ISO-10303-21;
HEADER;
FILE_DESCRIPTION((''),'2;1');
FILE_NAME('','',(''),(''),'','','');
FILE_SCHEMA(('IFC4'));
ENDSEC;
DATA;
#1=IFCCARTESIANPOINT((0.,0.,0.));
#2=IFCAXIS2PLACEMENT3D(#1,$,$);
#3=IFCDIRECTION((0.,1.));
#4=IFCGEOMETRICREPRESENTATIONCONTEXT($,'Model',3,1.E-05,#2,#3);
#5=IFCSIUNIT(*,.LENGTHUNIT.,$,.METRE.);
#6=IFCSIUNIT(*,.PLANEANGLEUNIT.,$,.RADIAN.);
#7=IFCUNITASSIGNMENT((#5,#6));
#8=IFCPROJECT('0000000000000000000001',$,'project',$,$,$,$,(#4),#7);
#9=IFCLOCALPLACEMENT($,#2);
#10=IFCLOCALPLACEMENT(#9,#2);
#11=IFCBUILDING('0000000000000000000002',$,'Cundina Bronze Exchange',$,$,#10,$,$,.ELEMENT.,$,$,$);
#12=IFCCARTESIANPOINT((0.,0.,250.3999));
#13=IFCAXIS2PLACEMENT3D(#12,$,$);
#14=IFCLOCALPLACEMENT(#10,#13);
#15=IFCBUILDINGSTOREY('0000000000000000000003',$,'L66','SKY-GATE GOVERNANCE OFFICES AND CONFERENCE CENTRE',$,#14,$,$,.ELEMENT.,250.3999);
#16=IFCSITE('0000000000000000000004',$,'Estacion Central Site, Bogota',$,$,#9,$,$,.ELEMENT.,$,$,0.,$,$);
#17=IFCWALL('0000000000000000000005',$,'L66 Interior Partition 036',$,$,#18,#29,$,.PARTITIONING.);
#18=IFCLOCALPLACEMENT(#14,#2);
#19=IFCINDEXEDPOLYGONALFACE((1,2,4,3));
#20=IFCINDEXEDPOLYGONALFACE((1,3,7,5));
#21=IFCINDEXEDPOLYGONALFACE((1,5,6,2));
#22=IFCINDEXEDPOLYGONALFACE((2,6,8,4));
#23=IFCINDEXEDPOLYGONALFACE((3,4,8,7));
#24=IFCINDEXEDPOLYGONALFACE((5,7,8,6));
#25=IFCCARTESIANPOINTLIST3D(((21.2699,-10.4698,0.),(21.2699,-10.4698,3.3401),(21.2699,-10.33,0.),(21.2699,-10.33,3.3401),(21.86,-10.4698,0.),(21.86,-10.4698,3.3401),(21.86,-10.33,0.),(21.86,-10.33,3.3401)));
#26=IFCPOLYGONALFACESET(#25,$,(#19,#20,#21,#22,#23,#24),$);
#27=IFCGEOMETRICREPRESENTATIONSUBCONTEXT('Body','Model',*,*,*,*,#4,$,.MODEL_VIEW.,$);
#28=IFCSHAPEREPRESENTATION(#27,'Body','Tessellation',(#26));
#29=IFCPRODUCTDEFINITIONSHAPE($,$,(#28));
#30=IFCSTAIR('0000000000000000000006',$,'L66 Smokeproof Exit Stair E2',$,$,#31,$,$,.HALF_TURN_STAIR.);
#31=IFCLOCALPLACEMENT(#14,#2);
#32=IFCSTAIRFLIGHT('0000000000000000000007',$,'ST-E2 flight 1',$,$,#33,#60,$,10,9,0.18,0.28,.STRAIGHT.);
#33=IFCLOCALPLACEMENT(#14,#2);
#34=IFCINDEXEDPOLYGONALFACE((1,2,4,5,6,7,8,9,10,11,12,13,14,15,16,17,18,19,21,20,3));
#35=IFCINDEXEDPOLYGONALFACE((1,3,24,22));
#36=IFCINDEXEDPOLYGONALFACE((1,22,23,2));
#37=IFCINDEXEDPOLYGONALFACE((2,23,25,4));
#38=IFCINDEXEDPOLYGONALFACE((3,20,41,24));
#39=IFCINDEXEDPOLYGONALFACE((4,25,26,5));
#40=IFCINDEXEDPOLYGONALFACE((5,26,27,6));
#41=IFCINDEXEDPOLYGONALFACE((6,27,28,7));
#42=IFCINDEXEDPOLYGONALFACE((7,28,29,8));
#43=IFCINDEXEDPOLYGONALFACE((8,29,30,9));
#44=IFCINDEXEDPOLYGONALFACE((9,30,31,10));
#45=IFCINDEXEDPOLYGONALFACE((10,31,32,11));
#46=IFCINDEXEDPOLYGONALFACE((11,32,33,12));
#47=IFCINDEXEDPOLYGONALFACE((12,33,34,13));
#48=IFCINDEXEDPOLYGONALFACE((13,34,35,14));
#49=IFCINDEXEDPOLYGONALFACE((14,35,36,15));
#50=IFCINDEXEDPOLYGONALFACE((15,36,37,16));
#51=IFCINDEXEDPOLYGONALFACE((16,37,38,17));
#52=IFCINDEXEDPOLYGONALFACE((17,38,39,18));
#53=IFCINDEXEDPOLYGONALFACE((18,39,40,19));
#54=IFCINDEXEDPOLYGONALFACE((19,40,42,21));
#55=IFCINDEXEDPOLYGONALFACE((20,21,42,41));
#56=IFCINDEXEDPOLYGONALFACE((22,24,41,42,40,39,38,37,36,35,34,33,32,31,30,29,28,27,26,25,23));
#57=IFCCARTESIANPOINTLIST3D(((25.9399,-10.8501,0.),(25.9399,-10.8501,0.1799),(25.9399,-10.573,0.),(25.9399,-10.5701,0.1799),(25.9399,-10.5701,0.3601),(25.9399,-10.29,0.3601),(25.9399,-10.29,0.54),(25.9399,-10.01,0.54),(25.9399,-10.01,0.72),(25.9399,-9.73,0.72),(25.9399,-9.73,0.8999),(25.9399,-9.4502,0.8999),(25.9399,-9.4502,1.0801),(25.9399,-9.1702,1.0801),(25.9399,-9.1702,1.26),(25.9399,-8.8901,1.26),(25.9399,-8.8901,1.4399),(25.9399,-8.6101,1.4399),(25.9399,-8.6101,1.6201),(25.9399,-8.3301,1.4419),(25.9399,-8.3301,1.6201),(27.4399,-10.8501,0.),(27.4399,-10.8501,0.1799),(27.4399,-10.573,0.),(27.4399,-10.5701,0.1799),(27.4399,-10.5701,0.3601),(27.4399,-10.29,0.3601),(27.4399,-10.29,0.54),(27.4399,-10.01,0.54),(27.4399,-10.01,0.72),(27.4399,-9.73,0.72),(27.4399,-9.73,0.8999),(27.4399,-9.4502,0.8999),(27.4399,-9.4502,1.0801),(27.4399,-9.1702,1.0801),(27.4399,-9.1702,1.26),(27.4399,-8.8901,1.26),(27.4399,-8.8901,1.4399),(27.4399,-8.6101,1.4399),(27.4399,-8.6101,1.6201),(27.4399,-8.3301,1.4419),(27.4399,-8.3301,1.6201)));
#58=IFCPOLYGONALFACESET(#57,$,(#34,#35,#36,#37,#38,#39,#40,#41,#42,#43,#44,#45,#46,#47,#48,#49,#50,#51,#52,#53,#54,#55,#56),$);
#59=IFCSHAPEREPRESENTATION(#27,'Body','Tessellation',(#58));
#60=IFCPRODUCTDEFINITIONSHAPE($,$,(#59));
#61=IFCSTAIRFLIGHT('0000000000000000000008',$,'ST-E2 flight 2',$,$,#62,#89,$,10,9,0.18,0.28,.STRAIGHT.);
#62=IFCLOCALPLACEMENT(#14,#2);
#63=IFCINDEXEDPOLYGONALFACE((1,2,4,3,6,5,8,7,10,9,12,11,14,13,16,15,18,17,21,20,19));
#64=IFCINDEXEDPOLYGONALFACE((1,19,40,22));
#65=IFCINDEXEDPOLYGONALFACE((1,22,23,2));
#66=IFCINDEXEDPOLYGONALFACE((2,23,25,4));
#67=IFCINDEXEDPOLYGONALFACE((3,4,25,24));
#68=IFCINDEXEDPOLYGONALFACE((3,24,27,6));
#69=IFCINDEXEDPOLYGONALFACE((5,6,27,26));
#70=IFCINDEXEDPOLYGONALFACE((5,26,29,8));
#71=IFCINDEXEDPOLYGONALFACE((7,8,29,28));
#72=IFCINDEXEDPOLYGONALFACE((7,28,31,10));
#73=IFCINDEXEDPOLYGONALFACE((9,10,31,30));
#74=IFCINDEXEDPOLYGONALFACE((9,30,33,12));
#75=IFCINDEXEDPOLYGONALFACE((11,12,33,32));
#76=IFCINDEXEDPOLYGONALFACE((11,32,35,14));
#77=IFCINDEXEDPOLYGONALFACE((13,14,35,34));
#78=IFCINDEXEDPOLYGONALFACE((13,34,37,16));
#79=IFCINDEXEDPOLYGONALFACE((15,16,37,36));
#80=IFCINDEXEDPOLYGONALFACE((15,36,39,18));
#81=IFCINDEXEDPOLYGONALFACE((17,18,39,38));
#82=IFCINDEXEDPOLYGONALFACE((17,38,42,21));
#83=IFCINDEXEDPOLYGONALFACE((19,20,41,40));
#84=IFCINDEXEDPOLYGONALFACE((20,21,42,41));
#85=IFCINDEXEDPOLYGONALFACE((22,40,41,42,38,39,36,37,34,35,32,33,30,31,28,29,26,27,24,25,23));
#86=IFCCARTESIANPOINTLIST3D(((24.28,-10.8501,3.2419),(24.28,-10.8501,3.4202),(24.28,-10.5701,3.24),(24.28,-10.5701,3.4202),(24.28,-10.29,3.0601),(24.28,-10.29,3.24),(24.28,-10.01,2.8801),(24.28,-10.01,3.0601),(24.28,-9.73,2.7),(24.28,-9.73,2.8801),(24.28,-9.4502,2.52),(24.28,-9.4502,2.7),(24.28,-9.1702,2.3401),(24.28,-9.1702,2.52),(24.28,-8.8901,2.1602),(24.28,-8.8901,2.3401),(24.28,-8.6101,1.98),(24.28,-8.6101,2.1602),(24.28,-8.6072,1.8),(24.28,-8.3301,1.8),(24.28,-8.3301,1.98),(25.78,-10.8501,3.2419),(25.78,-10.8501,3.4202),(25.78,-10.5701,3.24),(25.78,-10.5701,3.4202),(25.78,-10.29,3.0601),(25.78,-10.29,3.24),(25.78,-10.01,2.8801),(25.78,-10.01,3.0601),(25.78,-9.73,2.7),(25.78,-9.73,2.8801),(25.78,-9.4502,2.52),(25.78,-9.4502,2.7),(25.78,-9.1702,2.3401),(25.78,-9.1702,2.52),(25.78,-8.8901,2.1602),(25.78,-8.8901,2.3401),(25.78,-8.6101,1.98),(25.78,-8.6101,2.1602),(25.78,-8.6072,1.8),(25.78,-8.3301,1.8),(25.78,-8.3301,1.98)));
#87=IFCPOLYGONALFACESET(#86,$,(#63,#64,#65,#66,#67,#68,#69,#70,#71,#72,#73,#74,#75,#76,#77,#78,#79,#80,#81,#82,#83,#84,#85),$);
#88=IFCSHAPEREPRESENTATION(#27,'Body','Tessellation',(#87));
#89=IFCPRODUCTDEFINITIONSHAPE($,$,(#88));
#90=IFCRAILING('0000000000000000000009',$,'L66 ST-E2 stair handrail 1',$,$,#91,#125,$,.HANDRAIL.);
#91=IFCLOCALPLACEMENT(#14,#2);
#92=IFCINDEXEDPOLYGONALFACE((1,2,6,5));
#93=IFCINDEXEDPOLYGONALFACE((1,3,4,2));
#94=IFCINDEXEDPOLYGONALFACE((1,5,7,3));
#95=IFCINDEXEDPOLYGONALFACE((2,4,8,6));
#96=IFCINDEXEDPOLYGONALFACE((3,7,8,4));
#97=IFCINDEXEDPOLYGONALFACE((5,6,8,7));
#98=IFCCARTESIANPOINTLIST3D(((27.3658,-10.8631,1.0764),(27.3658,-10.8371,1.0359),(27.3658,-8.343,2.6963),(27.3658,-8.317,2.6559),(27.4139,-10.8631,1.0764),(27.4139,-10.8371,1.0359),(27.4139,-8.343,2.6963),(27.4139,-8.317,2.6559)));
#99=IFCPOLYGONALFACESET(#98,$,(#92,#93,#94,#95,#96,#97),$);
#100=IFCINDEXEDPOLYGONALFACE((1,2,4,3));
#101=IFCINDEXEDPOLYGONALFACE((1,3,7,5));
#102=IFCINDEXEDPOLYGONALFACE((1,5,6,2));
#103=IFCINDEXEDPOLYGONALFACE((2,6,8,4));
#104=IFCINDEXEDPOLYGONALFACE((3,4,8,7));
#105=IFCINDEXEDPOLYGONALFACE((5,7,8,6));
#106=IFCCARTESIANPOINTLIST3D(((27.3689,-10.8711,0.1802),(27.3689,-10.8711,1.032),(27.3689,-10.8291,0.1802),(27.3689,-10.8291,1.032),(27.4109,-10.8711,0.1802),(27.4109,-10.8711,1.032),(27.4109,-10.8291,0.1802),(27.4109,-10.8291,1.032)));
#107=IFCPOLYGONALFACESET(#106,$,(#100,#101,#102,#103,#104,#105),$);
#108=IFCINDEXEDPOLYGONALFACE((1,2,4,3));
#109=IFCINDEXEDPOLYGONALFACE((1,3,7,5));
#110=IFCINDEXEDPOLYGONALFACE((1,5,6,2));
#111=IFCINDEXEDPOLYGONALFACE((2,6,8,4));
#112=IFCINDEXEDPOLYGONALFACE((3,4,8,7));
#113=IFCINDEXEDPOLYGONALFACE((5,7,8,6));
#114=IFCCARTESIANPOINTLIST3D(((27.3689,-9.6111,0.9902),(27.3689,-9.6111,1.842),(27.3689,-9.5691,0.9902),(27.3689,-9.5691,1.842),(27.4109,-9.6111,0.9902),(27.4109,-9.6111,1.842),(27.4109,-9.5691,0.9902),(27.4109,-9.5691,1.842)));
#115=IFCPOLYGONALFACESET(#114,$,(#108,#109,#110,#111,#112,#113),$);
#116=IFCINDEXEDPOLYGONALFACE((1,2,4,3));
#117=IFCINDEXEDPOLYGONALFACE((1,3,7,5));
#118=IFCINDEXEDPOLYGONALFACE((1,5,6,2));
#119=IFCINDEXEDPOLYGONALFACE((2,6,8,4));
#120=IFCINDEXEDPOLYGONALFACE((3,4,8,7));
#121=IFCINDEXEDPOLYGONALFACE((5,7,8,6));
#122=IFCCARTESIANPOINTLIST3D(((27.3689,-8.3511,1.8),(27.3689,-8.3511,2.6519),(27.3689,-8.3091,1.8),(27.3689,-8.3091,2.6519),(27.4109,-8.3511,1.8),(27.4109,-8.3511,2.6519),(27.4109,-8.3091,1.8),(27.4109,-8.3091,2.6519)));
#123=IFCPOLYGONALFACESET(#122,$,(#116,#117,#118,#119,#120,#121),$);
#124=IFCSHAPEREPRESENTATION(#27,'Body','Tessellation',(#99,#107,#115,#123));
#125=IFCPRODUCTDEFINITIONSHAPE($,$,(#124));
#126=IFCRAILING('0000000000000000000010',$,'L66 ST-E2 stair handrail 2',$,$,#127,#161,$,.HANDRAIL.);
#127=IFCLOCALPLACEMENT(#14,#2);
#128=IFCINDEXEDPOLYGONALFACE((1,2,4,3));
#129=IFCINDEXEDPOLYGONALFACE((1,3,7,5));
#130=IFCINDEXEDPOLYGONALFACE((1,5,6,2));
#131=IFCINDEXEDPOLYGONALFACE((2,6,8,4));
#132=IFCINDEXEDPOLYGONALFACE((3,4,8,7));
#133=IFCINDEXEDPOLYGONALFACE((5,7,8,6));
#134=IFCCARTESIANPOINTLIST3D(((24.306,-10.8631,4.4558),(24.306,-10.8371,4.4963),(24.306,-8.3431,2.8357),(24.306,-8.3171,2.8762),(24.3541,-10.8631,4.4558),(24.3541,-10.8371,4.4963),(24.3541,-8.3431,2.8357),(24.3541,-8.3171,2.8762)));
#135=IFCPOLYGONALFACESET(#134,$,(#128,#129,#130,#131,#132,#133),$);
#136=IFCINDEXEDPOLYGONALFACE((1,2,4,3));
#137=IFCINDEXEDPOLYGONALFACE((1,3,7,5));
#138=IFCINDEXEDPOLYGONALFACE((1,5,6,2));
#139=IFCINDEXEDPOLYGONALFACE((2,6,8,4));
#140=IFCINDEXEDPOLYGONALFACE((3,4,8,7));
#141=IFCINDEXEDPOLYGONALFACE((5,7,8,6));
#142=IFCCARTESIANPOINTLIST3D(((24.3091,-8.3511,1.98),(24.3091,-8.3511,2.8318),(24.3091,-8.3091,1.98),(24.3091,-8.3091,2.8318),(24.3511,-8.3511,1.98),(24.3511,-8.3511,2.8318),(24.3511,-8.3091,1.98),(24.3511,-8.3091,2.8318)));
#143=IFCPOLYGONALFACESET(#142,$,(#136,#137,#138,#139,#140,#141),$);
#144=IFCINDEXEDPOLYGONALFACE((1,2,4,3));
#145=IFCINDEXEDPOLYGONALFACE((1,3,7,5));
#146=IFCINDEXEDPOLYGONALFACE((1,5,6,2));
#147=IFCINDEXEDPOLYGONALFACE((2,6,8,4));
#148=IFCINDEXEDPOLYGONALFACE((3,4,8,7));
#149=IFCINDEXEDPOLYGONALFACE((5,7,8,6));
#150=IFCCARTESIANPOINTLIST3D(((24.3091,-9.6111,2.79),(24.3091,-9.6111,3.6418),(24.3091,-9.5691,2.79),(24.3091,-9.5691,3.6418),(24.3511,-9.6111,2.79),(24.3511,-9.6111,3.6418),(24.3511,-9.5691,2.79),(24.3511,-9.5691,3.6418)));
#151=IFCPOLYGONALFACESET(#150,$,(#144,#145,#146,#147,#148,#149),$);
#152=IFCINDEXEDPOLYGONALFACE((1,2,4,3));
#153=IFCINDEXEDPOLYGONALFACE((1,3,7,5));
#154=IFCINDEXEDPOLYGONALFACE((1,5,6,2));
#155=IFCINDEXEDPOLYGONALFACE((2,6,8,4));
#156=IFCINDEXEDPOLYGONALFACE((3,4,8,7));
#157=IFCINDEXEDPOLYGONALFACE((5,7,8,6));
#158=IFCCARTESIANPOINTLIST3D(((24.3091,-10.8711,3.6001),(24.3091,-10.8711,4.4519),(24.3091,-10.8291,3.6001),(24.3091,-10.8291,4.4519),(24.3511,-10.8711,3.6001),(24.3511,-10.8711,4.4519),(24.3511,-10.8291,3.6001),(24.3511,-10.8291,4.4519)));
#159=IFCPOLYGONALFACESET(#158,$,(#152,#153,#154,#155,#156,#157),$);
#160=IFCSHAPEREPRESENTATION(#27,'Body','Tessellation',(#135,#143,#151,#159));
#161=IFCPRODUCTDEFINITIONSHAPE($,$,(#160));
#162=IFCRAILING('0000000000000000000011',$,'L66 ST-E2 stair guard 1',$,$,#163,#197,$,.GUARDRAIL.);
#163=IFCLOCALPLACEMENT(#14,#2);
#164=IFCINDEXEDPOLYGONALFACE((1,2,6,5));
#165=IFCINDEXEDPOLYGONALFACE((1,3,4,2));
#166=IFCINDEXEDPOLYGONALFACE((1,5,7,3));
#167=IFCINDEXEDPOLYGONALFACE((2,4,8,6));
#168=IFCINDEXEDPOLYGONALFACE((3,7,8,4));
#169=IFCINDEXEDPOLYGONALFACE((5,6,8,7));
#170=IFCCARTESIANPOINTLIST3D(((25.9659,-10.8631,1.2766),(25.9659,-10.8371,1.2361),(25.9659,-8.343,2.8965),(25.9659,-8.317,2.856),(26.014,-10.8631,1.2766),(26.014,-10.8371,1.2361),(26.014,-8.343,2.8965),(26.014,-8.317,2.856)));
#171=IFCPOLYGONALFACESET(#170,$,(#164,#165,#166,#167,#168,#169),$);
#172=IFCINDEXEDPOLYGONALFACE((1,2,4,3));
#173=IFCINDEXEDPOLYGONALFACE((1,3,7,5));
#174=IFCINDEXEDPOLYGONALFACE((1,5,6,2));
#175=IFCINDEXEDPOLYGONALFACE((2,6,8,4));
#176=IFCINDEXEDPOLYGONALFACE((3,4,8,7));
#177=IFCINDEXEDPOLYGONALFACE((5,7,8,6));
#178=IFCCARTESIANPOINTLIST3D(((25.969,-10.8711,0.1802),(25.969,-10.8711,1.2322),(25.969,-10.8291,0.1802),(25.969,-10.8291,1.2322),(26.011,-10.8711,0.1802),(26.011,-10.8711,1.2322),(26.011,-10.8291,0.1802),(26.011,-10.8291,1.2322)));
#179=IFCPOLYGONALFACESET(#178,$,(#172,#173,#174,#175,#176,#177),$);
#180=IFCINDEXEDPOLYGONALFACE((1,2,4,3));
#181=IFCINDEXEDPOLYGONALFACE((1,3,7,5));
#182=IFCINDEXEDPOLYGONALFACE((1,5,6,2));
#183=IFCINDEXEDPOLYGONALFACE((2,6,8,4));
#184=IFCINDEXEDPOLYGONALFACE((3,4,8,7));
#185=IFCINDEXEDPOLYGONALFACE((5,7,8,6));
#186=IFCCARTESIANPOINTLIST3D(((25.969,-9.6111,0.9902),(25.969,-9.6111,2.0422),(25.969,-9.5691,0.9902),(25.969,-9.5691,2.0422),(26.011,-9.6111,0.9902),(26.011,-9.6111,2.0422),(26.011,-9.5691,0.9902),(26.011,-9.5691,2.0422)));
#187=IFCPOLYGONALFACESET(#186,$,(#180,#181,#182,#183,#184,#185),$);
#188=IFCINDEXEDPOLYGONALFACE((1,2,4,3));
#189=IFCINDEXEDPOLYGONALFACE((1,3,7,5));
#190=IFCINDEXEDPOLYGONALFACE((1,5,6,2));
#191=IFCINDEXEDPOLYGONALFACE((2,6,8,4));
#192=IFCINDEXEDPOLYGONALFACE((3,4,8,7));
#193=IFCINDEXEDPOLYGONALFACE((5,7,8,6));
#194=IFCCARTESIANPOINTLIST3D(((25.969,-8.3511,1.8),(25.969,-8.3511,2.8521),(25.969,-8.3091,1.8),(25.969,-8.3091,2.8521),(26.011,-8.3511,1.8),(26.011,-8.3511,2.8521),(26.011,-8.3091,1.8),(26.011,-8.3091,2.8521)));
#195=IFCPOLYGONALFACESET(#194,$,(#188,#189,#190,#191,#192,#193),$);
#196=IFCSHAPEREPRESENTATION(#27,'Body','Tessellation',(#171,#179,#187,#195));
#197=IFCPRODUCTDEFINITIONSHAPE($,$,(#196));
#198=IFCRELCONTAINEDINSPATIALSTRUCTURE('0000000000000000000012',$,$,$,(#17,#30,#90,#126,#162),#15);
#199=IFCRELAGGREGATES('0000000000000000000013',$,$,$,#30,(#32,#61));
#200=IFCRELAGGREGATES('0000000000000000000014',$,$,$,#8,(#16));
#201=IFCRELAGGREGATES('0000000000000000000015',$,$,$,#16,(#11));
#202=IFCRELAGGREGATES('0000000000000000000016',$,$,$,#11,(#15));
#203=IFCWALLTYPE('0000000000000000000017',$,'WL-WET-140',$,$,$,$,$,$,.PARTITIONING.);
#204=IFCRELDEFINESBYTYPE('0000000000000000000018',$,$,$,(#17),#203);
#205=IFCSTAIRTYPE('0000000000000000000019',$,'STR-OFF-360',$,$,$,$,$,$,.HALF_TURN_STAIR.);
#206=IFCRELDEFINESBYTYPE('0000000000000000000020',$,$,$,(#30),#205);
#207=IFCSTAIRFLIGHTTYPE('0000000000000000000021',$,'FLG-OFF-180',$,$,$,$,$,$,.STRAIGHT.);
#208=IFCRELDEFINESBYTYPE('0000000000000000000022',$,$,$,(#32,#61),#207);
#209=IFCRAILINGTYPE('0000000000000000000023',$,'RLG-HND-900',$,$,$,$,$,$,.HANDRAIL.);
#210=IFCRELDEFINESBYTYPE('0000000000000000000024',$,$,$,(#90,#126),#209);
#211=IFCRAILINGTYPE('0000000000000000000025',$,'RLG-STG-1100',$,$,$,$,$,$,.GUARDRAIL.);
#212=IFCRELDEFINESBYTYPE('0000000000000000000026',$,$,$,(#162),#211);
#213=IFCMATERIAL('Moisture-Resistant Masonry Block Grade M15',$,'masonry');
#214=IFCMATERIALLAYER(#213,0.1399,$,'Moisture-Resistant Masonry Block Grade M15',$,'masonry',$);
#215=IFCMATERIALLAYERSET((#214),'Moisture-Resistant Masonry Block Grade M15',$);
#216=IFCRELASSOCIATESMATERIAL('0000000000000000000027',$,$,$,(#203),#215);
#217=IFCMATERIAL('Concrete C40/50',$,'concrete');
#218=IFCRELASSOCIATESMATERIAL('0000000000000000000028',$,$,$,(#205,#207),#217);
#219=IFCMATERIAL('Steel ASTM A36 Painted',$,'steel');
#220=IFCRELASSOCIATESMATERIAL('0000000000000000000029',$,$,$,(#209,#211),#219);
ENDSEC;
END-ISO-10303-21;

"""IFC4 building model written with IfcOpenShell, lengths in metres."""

from ifc_helpers import new_model, si_unit, direction, frame, frame_2d, origin, origin_2d, place, context, subcontext, project, spatial, polyline, rectangle, outline, extrude, material, layer, layer_set, type_object, element, aggregate, save


model = new_model("IFC4")

# Units and contexts
model_context = context("Model", 3, precision=1e-05, world=origin(), true_north=direction((0.0, 1.0)))
body_context = subcontext(model_context, "Body", "Model", "MODEL_VIEW")
ifc_project = project(units=[si_unit("LENGTHUNIT", "METRE"), si_unit("PLANEANGLEUNIT", "RADIAN")], contexts=[model_context])

# Site, building, storey
site_placement = place(None, origin())
site = spatial("IfcSite", under=ifc_project, at=site_placement, Name="Estacion Central Site, Bogota", CompositionType="ELEMENT", RefElevation=0.0)
building_placement = place(site_placement, origin())
building = spatial("IfcBuilding", under=site, at=building_placement, Name="Cundina Bronze Exchange", CompositionType="ELEMENT")
storey_placement = place(building_placement, frame((0.0, 0.0, 250.3999)))
storey = spatial("IfcBuildingStorey", under=building, at=storey_placement, Name="L66", Description="SKY-GATE GOVERNANCE OFFICES AND CONFERENCE CENTRE", CompositionType="ELEMENT", Elevation=250.3999)

# Shared definitions
ifc_material_1 = material(Name="Steel ASTM A36 Painted", Category="steel")

# Wall
ifc_material_2 = material(Name="Moisture-Resistant Masonry Block Grade M15", Category="masonry")
ifc_layer_1 = layer(ifc_material_2, 0.1399, Name="Moisture-Resistant Masonry Block Grade M15", Category="masonry")
ifc_layer_set_1 = layer_set([ifc_layer_1], Name="Moisture-Resistant Masonry Block Grade M15")
wall_type_1 = type_object("IfcWallType", Name="WL-WET-140", PredefinedType="PARTITIONING", material=ifc_layer_set_1)
wall_1_placement = place(storey_placement, frame((21.27, -10.3999, 0.0), z_axis=(0.0, 0.0, 1.0), x_axis=(1.0, 0.0, 0.0)))
element("IfcWall", 1, at=wall_1_placement, inside=storey, type_object=wall_type_1, Name="L66 Interior Partition 036", PredefinedType="PARTITIONING", context=body_context, shape_type="SweptSolid", body=[
    extrude(rectangle(XDim=0.5901, YDim=0.1399, at=frame_2d((0.2949, 0.0))), origin(), (0.0, 0.0, 1.0), 3.3401),
])

# Stair, stair flights
ifc_material_3 = material(Name="Concrete C40/50", Category="concrete")
stair_type = type_object("IfcStairType", Name="STR-OFF-360", PredefinedType="HALF_TURN_STAIR", material=ifc_material_3)
stair_placement = place(storey_placement, origin())
stair = element("IfcStair", 2, at=stair_placement, inside=storey, type_object=stair_type, Name="L66 Smokeproof Exit Stair E2", PredefinedType="HALF_TURN_STAIR")
stair_flight_type = type_object("IfcStairFlightType", Name="FLG-OFF-180", PredefinedType="STRAIGHT", material=ifc_material_3)
stair_flight_1_placement = place(storey_placement, frame((26.6899, -10.8501, 0.0), z_axis=(0.0, 0.0, 1.0), x_axis=(0.0, 1.0, 0.0)))
stair_flight_1 = element("IfcStairFlight", 3, at=stair_flight_1_placement, type_object=stair_flight_type, Name="ST-E2 flight 1", NumberOfRisers=10, NumberOfTreads=9, PredefinedType="STRAIGHT", RiserHeight=0.18, TreadLength=0.28, context=body_context, shape_type="SweptSolid", body=[
    extrude(outline(polyline([(0.0, 0.0), (0.0, 0.1799), (0.28, 0.1799), (0.28, 0.3601), (0.5601, 0.3601), (0.5601, 0.54), (0.8401, 0.54), (0.8401, 0.72), (1.1201, 0.72), (1.1201, 0.8999), (1.3999, 0.8999), (1.3999, 1.0801), (1.6799, 1.0801), (1.6799, 1.26), (1.96, 1.26), (1.96, 1.4399), (2.24, 1.4399), (2.24, 1.6201), (2.52, 1.6201), (2.52, 1.8), (2.52, 1.4419), (0.2771, 0.0), (0.0, 0.0)])), frame((0.0, 0.75, 0.0), z_axis=(0.0, -1.0, 0.0), x_axis=(1.0, 0.0, 0.0)), (0.0, 0.0, 1.0), 1.5),
])
stair_flight_2_placement = place(storey_placement, frame((25.03, -8.3301, 1.8), z_axis=(0.0, 0.0, 1.0), x_axis=(0.0, -1.0, 0.0)))
stair_flight_2 = element("IfcStairFlight", 4, at=stair_flight_2_placement, type_object=stair_flight_type, Name="ST-E2 flight 2", NumberOfRisers=10, NumberOfTreads=9, PredefinedType="STRAIGHT", RiserHeight=0.18, TreadLength=0.28, context=body_context, shape_type="SweptSolid", body=[
    extrude(outline(polyline([(0.0, 0.0), (0.0, 0.1799), (0.28, 0.1799), (0.28, 0.3601), (0.5601, 0.3601), (0.5601, 0.54), (0.8401, 0.54), (0.8401, 0.72), (1.1201, 0.72), (1.1201, 0.8999), (1.3999, 0.8999), (1.3999, 1.0801), (1.6799, 1.0801), (1.6799, 1.26), (1.96, 1.26), (1.96, 1.4399), (2.24, 1.4399), (2.24, 1.6201), (2.52, 1.6201), (2.52, 1.8), (2.52, 1.4419), (0.2771, 0.0), (0.0, 0.0)])), frame((0.0, 0.75, 0.0), z_axis=(0.0, -1.0, 0.0), x_axis=(1.0, 0.0, 0.0)), (0.0, 0.0, 1.0), 1.5),
])
aggregate(stair, [stair_flight_1, stair_flight_2])

# Railings
railing_type_1 = type_object("IfcRailingType", Name="RLG-HND-900", PredefinedType="HANDRAIL", material=ifc_material_1)
railing_1_placement = place(storey_placement, frame((27.3899, -10.8501, 0.1802)))
element("IfcRailing", 5, at=railing_1_placement, inside=storey, type_object=railing_type_1, Name="L66 ST-E2 stair handrail 1", PredefinedType="HANDRAIL", context=body_context, shape_type="SweptSolid", body=[
    extrude(rectangle(XDim=0.0481, YDim=0.0481, at=origin_2d()), frame((0.0, 0.0, 0.876), z_axis=(0.0, 0.8412, 0.540725), x_axis=(-1.0, 0.0, 0.0)), (0.0, 0.0, 1.0), 2.9958),
    extrude(rectangle(XDim=0.042, YDim=0.042, at=origin_2d()), origin(), (0.0, 0.0, 1.0), 0.8518),
    extrude(rectangle(XDim=0.042, YDim=0.042, at=origin_2d()), frame((0.0, 1.26, 0.8101)), (0.0, 0.0, 1.0), 0.8518),
    extrude(rectangle(XDim=0.042, YDim=0.042, at=origin_2d()), frame((0.0, 2.52, 1.6199)), (0.0, 0.0, 1.0), 0.8518),
])
railing_2_placement = place(storey_placement, frame((24.3301, -8.3301, 1.98)))
element("IfcRailing", 6, at=railing_2_placement, inside=storey, type_object=railing_type_1, Name="L66 ST-E2 stair handrail 2", PredefinedType="HANDRAIL", context=body_context, shape_type="SweptSolid", body=[
    extrude(rectangle(XDim=0.0481, YDim=0.0481, at=origin_2d()), frame((0.0, 0.0, 0.876), z_axis=(0.0, -0.841163, 0.540782), x_axis=(1.0, 0.0, 0.0)), (0.0, 0.0, 1.0), 2.9958),
    extrude(rectangle(XDim=0.042, YDim=0.042, at=origin_2d()), origin(), (0.0, 0.0, 1.0), 0.8518),
    extrude(rectangle(XDim=0.042, YDim=0.042, at=origin_2d()), frame((0.0, -1.26, 0.8101)), (0.0, 0.0, 1.0), 0.8518),
    extrude(rectangle(XDim=0.042, YDim=0.042, at=origin_2d()), frame((0.0, -2.52, 1.6201)), (0.0, 0.0, 1.0), 0.8518),
])
railing_type_2 = type_object("IfcRailingType", Name="RLG-STG-1100", PredefinedType="GUARDRAIL", material=ifc_material_1)
railing_3_placement = place(storey_placement, frame((25.99, -10.8501, 0.1802)))
element("IfcRailing", 7, at=railing_3_placement, inside=storey, type_object=railing_type_2, Name="L66 ST-E2 stair guard 1", PredefinedType="GUARDRAIL", context=body_context, shape_type="SweptSolid", body=[
    extrude(rectangle(XDim=0.0481, YDim=0.0481, at=origin_2d()), frame((0.0, 0.0, 1.0762), z_axis=(0.0, 0.8412, 0.540725), x_axis=(-1.0, 0.0, 0.0)), (0.0, 0.0, 1.0), 2.9958),
    extrude(rectangle(XDim=0.042, YDim=0.042, at=origin_2d()), origin(), (0.0, 0.0, 1.0), 1.052),
    extrude(rectangle(XDim=0.042, YDim=0.042, at=origin_2d()), frame((0.0, 1.26, 0.8101)), (0.0, 0.0, 1.0), 1.052),
    extrude(rectangle(XDim=0.042, YDim=0.042, at=origin_2d()), frame((0.0, 2.52, 1.6199)), (0.0, 0.0, 1.0), 1.052),
])

save(model, "model.ifc")
